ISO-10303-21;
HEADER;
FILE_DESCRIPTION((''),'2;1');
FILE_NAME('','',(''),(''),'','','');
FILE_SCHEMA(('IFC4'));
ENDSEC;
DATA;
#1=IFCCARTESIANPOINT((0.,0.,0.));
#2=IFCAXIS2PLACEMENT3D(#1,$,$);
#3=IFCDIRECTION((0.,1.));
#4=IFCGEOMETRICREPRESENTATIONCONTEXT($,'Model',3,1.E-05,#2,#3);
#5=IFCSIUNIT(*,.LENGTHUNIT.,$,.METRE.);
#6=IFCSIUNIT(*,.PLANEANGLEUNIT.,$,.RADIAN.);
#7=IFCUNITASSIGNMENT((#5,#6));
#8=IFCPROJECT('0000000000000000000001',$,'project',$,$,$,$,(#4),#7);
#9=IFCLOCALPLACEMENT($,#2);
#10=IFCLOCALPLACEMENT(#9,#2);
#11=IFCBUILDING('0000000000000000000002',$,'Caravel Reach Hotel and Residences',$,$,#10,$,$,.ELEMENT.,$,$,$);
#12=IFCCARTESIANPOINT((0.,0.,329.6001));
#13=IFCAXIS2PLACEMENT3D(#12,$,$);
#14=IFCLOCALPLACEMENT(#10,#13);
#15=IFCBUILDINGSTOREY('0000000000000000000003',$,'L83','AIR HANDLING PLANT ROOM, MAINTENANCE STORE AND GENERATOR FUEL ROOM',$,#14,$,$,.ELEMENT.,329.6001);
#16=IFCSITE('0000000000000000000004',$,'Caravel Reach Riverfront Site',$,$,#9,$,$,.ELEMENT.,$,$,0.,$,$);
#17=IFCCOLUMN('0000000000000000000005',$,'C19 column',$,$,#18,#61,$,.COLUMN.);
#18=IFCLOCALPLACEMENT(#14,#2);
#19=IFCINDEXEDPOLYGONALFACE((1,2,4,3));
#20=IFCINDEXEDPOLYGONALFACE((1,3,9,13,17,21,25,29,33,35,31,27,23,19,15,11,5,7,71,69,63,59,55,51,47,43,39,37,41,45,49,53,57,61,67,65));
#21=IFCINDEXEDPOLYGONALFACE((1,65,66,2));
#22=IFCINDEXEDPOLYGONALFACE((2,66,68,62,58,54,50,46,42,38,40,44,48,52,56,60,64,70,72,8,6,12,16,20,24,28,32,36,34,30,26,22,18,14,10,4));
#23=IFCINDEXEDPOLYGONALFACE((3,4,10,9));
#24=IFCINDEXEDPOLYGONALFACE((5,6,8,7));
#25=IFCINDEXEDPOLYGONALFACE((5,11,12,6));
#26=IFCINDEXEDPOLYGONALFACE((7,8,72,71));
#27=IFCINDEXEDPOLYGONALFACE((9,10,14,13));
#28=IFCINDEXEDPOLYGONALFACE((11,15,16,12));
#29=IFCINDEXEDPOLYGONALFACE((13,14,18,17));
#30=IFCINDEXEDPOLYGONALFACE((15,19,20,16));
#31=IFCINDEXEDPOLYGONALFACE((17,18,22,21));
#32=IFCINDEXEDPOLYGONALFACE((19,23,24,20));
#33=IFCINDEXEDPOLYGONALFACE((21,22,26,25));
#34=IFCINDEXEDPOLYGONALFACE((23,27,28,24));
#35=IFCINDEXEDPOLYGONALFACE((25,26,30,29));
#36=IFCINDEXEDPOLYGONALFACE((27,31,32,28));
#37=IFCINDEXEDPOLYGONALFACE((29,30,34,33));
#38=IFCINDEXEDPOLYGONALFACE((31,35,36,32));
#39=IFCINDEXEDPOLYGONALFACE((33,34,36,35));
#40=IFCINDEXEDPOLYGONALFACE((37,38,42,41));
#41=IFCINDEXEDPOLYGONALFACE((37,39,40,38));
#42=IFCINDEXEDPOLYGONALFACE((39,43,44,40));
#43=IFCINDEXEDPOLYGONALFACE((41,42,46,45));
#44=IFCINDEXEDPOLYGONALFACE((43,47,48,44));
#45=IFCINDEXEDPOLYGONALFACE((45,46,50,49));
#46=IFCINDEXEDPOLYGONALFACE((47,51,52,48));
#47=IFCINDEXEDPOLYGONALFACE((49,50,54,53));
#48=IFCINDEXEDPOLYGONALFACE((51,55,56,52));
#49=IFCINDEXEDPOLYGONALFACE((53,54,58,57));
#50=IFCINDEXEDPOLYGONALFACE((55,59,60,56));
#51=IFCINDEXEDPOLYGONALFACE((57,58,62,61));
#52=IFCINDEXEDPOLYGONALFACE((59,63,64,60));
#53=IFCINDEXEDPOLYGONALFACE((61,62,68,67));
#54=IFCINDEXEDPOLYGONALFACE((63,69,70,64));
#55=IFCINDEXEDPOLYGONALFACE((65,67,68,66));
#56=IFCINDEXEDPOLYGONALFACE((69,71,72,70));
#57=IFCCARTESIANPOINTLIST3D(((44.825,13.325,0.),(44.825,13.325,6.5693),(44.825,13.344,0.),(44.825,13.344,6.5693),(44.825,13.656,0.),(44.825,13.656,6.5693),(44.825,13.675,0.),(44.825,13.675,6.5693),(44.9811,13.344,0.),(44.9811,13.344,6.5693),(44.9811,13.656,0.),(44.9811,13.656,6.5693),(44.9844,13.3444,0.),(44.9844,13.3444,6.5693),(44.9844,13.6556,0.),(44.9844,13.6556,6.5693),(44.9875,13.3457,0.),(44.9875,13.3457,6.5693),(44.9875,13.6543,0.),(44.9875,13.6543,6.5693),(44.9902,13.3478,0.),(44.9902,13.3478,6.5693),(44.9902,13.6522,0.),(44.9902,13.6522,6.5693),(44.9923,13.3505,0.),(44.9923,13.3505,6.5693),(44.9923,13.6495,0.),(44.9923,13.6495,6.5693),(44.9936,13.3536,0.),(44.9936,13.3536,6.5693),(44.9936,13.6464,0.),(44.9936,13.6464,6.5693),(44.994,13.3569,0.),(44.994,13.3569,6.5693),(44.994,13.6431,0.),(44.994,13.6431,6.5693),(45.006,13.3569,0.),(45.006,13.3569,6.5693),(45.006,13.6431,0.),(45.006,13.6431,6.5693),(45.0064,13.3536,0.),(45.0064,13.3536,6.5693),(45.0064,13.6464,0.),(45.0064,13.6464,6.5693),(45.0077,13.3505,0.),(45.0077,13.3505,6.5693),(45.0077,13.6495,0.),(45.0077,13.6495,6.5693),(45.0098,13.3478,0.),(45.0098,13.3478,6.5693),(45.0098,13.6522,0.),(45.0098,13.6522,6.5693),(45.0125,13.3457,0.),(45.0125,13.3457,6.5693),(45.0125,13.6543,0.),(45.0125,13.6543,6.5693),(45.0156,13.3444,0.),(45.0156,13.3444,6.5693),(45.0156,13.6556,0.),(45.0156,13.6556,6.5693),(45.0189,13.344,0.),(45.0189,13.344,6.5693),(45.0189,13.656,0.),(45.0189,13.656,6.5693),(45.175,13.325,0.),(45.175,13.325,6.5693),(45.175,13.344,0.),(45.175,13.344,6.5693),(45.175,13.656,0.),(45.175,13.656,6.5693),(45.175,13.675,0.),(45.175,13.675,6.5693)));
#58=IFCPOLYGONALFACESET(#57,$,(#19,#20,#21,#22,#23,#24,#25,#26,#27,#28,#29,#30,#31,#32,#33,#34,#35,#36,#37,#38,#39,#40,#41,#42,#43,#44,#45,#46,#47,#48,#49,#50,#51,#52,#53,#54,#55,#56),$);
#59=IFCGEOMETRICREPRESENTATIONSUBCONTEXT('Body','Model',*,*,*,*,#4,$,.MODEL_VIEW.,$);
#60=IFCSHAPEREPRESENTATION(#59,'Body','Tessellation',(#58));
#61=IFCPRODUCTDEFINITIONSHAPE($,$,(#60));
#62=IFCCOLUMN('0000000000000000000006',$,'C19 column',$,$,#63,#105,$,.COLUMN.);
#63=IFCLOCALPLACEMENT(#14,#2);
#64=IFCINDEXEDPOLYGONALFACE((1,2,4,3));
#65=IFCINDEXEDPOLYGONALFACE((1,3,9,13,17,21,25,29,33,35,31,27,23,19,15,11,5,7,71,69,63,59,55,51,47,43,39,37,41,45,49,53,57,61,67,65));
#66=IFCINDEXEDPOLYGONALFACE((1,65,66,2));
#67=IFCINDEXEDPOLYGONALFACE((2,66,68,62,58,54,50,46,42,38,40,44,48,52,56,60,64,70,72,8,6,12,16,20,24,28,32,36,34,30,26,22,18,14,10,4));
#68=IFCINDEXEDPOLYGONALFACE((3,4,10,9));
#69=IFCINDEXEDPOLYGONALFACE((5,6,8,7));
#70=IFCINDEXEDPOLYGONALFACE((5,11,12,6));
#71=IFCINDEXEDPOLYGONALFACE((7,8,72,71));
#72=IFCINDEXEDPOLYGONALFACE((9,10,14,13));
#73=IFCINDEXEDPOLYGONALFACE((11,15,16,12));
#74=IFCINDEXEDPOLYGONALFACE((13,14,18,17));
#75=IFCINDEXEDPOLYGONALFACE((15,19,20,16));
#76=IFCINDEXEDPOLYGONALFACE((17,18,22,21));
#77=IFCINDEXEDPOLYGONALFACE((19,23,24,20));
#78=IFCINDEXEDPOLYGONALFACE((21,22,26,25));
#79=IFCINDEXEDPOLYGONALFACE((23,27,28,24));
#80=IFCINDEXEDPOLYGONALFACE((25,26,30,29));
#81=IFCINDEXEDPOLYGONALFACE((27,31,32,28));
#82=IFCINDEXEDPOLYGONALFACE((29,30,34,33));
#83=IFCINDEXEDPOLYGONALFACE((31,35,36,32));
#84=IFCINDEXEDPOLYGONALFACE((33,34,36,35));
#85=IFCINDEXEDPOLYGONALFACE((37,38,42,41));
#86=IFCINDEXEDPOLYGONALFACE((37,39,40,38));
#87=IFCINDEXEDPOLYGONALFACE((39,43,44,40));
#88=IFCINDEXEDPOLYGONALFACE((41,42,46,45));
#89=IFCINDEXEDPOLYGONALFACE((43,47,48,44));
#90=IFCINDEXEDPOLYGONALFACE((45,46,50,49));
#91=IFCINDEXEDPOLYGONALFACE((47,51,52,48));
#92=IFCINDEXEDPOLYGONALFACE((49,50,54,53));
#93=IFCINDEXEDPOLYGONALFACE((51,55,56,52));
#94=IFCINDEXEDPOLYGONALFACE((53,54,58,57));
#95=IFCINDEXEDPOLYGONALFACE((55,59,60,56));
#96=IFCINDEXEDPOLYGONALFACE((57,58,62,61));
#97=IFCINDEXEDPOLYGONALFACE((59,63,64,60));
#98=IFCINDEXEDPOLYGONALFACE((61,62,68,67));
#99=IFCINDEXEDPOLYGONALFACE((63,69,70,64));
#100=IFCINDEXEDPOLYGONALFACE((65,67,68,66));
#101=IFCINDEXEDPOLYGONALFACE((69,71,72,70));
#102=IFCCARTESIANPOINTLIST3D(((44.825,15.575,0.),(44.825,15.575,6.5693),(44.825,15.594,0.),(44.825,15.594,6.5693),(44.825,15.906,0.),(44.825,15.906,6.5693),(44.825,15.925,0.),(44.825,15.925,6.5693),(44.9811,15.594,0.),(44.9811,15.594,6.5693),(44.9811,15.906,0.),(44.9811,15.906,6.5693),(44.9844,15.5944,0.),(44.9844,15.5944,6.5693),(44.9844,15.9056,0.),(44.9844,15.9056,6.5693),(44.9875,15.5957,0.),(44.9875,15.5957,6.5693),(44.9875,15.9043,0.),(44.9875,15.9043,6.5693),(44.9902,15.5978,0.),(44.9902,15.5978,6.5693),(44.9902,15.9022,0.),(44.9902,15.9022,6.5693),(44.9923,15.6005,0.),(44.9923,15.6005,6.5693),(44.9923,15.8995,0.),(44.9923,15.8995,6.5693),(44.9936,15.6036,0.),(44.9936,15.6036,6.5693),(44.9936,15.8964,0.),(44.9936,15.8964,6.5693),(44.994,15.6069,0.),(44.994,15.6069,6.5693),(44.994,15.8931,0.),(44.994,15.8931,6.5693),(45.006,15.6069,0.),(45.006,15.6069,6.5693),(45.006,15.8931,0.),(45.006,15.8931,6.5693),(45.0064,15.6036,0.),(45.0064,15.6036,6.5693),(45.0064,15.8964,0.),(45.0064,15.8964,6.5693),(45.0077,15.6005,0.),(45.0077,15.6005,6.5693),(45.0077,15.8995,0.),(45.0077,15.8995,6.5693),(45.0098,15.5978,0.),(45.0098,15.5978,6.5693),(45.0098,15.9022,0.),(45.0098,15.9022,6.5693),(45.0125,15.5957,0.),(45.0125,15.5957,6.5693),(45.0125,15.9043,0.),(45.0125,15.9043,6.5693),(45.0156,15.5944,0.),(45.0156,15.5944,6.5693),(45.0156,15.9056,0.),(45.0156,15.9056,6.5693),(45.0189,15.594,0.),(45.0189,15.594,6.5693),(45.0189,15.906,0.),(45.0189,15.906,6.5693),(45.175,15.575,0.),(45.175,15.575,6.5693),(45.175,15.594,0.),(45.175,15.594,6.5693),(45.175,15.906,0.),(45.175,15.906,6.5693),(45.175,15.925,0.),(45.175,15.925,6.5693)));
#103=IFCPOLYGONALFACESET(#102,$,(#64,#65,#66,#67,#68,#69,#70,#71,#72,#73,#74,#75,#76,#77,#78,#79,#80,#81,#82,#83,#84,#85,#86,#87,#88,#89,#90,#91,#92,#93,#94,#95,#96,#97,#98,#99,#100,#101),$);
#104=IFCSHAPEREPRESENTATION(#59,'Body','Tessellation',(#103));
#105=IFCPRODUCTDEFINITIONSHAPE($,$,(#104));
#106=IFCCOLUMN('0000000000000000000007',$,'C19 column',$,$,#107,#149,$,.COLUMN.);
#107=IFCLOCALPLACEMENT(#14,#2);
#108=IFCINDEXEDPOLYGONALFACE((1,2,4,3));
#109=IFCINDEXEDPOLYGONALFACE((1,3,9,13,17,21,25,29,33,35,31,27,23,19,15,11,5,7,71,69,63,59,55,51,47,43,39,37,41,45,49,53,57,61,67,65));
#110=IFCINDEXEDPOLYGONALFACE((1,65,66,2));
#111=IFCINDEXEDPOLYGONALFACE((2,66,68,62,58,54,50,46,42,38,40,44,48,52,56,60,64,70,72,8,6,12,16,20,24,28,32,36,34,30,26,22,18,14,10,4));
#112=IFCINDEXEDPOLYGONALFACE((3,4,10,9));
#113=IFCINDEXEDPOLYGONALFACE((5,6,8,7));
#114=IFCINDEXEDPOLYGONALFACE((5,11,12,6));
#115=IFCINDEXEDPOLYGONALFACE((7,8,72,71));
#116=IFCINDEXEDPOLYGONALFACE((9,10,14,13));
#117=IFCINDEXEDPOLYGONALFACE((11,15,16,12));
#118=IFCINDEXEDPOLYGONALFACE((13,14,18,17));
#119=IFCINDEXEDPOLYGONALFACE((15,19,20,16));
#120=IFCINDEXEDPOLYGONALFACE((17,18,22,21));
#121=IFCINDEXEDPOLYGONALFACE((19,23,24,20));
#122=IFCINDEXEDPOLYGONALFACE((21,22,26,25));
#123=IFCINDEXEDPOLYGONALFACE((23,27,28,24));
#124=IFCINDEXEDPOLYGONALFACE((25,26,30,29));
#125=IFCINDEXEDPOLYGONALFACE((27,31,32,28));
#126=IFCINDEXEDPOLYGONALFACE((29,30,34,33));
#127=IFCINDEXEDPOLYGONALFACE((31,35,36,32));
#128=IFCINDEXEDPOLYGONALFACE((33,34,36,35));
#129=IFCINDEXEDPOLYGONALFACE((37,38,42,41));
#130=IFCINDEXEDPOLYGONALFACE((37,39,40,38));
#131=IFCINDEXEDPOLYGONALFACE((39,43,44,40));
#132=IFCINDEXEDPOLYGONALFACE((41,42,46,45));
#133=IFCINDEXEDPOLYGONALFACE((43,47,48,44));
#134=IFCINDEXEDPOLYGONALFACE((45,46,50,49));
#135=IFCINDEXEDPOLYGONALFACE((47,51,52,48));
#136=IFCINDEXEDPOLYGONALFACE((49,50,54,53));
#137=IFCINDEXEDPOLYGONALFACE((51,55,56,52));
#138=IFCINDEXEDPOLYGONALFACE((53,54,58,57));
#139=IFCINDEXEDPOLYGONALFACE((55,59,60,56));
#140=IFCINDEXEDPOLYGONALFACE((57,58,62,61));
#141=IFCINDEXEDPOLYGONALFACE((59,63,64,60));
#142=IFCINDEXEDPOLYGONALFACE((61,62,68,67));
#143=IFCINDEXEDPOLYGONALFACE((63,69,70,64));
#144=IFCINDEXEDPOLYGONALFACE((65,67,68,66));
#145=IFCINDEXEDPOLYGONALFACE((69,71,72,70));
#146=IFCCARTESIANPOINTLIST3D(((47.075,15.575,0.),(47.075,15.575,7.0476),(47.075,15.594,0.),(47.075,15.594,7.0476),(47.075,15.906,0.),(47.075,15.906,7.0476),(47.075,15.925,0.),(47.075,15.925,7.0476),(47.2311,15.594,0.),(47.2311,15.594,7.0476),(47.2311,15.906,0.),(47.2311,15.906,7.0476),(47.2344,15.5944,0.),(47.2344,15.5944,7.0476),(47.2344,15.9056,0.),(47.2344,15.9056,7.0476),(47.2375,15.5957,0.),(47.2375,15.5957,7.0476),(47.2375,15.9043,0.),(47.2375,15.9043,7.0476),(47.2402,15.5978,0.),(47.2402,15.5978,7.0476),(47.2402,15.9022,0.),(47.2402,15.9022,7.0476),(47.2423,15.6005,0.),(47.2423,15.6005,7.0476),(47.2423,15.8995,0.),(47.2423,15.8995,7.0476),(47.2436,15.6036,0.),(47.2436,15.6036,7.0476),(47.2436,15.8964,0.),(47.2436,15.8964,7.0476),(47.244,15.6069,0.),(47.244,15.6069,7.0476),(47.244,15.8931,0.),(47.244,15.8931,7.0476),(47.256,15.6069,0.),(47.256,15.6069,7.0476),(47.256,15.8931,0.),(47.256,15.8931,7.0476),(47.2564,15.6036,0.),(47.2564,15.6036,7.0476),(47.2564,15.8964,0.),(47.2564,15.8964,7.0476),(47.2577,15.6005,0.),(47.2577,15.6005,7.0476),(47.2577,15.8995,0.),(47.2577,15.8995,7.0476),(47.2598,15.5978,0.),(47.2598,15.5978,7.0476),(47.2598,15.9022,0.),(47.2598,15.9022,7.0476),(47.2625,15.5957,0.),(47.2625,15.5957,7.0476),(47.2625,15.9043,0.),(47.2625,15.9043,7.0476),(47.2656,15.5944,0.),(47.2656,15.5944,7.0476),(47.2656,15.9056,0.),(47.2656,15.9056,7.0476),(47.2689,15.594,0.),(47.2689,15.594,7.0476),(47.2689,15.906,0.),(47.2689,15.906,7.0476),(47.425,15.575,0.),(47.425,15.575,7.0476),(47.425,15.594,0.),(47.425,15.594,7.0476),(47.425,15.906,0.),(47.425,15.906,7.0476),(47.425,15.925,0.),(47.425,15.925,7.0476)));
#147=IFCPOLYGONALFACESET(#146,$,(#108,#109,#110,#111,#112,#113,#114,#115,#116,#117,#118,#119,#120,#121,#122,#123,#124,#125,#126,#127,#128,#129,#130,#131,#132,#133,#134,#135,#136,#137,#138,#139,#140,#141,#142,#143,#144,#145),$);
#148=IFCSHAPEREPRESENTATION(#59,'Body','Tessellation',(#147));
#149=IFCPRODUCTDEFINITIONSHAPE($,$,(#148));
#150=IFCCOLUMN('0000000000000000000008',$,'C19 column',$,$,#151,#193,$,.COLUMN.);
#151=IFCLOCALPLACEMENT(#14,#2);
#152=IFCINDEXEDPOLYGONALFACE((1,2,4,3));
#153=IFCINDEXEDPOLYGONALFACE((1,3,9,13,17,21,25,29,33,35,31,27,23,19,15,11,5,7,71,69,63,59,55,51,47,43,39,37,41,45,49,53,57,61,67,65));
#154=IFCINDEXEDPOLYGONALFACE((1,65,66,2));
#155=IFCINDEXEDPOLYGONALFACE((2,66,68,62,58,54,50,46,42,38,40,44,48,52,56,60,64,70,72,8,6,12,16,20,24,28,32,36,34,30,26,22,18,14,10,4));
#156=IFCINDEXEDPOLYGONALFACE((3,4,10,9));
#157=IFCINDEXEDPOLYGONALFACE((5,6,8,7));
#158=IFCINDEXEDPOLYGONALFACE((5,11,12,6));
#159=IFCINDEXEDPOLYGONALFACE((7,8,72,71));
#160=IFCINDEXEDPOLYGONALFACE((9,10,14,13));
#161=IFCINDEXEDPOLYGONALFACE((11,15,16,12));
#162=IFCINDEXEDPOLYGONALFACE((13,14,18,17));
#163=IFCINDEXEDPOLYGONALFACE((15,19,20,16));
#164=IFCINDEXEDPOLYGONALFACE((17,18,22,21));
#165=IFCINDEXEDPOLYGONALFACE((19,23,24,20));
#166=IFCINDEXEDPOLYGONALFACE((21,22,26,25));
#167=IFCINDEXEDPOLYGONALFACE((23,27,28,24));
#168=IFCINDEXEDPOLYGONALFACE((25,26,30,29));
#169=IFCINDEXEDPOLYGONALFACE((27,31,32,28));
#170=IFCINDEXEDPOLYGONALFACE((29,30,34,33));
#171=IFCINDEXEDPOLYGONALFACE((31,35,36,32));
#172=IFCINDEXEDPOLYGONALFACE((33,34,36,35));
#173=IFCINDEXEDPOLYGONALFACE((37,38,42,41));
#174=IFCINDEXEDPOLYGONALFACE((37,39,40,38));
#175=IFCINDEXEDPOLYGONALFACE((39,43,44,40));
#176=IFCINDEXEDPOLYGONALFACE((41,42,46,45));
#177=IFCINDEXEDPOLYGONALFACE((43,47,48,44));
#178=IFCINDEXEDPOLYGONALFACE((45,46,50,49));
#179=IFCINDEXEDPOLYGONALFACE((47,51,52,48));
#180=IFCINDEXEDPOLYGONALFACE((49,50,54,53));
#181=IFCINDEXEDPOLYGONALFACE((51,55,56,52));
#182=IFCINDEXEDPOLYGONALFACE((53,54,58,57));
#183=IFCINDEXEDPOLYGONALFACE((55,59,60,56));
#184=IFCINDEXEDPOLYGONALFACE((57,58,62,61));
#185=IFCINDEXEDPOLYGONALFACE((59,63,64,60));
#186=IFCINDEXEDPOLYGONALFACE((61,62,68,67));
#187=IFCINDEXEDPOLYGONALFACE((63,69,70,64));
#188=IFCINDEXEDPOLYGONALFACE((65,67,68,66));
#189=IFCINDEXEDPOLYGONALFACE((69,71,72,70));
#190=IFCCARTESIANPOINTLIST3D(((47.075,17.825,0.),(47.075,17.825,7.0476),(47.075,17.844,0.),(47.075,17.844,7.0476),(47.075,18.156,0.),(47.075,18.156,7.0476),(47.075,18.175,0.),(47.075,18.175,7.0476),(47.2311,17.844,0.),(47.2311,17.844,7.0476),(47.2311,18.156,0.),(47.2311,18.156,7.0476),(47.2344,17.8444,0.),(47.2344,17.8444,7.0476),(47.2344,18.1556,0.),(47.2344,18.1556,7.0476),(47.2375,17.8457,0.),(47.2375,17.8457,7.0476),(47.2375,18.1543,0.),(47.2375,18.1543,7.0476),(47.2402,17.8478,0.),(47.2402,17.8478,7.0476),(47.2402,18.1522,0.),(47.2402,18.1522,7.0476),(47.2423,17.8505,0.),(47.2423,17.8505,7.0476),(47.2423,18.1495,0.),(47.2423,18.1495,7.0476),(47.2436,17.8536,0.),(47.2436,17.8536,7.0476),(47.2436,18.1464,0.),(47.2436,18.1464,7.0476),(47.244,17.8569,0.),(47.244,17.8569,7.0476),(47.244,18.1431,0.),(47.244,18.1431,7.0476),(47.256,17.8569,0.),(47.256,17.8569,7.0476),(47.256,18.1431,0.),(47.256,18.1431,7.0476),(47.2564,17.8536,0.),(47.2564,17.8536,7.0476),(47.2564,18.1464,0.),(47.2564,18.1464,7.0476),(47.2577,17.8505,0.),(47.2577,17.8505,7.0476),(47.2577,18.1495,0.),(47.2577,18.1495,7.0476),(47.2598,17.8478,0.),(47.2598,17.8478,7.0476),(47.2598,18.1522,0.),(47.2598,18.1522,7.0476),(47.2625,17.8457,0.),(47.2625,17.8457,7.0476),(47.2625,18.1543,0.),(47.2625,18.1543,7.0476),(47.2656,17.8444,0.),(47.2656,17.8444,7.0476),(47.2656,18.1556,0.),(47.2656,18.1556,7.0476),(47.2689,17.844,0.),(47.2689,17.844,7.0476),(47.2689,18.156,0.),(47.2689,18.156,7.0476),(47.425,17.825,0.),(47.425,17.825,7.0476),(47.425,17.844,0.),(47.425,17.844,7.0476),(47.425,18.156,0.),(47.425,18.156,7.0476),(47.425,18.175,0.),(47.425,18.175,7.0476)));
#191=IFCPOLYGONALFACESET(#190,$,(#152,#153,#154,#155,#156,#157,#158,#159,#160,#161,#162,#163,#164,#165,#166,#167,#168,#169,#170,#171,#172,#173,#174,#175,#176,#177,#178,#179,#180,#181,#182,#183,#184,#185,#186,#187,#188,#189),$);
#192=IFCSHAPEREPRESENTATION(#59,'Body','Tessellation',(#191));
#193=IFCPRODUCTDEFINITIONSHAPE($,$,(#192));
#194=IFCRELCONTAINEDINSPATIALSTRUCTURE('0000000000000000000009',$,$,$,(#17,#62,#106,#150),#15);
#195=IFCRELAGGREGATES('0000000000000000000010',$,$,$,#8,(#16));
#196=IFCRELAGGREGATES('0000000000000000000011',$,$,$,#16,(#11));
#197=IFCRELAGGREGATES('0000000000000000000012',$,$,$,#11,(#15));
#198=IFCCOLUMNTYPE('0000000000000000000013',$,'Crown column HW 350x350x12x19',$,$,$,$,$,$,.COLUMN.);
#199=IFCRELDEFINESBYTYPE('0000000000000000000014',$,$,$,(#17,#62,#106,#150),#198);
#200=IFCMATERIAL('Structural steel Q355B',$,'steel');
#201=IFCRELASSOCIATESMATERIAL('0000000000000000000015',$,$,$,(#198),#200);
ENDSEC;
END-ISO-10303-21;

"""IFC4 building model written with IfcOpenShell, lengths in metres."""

from ifc_helpers import new_model, si_unit, direction, frame, origin, origin_2d, place, context, subcontext, project, spatial, i_section, extrude, material, material_profile, profile_set, type_object, element, save


model = new_model("IFC4")

# Units and contexts
model_context = context("Model", 3, precision=1e-05, world=origin(), true_north=direction((0.0, 1.0)))
body_context = subcontext(model_context, "Body", "Model", "MODEL_VIEW")
ifc_project = project(units=[si_unit("LENGTHUNIT", "METRE"), si_unit("PLANEANGLEUNIT", "RADIAN")], contexts=[model_context])

# Site, building, storey
site_placement = place(None, origin())
site = spatial("IfcSite", under=ifc_project, at=site_placement, Name="Caravel Reach Riverfront Site", CompositionType="ELEMENT", RefElevation=0.0)
building_placement = place(site_placement, origin())
building = spatial("IfcBuilding", under=site, at=building_placement, Name="Caravel Reach Hotel and Residences", CompositionType="ELEMENT")
storey_placement = place(building_placement, frame((0.0, 0.0, 329.6001)))
storey = spatial("IfcBuildingStorey", under=building, at=storey_placement, Name="L83", Description="AIR HANDLING PLANT ROOM, MAINTENANCE STORE AND GENERATOR FUEL ROOM", CompositionType="ELEMENT", Elevation=329.6001)

# Columns
ifc_material_1 = material(Name="Structural steel Q355B", Category="steel")
ifc_material_profile_1 = material_profile(ifc_material_1, i_section(OverallWidth=0.3501, OverallDepth=0.3501, WebThickness=0.012, FlangeThickness=0.019, FilletRadius=0.0129, at=origin_2d()), Name="HW 350x350x12x19")
ifc_profile_set_1 = profile_set([ifc_material_profile_1], Name="Structural steel Q355B")
column_type = type_object("IfcColumnType", Name="Crown column HW 350x350x12x19", PredefinedType="COLUMN", material=ifc_profile_set_1)
for number, where, z_axis, x_axis, name in (
    (1, (45.0, 13.5, 0.0), (0.0, 0.0, 1.0), (1.0, 0.0, 0.0), "C19 column"),
    (2, (45.0, 15.75, 0.0), (0.0, 0.0, 1.0), (1.0, 0.0, 0.0), "C19 column"),
):
    element("IfcColumn", number, at=place(storey_placement, frame(where, z_axis=z_axis, x_axis=x_axis)), inside=storey, type_object=column_type, Name=name, PredefinedType="COLUMN", context=body_context, shape_type="SweptSolid", body=[
        extrude(i_section(OverallWidth=0.3501, OverallDepth=0.3501, WebThickness=0.012, FlangeThickness=0.019, FilletRadius=0.0129, at=origin_2d()), origin(), (0.0, 0.0, 1.0), 6.5693),
    ])
for number, where, z_axis, x_axis, name in (
    (3, (47.25, 15.75, 0.0), (0.0, 0.0, 1.0), (1.0, 0.0, 0.0), "C19 column"),
    (4, (47.25, 18.0, 0.0), (0.0, 0.0, 1.0), (1.0, 0.0, 0.0), "C19 column"),
):
    element("IfcColumn", number, at=place(storey_placement, frame(where, z_axis=z_axis, x_axis=x_axis)), inside=storey, type_object=column_type, Name=name, PredefinedType="COLUMN", context=body_context, shape_type="SweptSolid", body=[
        extrude(i_section(OverallWidth=0.3501, OverallDepth=0.3501, WebThickness=0.012, FlangeThickness=0.019, FilletRadius=0.0129, at=origin_2d()), origin(), (0.0, 0.0, 1.0), 7.0476),
    ])

save(model, "model.ifc")
